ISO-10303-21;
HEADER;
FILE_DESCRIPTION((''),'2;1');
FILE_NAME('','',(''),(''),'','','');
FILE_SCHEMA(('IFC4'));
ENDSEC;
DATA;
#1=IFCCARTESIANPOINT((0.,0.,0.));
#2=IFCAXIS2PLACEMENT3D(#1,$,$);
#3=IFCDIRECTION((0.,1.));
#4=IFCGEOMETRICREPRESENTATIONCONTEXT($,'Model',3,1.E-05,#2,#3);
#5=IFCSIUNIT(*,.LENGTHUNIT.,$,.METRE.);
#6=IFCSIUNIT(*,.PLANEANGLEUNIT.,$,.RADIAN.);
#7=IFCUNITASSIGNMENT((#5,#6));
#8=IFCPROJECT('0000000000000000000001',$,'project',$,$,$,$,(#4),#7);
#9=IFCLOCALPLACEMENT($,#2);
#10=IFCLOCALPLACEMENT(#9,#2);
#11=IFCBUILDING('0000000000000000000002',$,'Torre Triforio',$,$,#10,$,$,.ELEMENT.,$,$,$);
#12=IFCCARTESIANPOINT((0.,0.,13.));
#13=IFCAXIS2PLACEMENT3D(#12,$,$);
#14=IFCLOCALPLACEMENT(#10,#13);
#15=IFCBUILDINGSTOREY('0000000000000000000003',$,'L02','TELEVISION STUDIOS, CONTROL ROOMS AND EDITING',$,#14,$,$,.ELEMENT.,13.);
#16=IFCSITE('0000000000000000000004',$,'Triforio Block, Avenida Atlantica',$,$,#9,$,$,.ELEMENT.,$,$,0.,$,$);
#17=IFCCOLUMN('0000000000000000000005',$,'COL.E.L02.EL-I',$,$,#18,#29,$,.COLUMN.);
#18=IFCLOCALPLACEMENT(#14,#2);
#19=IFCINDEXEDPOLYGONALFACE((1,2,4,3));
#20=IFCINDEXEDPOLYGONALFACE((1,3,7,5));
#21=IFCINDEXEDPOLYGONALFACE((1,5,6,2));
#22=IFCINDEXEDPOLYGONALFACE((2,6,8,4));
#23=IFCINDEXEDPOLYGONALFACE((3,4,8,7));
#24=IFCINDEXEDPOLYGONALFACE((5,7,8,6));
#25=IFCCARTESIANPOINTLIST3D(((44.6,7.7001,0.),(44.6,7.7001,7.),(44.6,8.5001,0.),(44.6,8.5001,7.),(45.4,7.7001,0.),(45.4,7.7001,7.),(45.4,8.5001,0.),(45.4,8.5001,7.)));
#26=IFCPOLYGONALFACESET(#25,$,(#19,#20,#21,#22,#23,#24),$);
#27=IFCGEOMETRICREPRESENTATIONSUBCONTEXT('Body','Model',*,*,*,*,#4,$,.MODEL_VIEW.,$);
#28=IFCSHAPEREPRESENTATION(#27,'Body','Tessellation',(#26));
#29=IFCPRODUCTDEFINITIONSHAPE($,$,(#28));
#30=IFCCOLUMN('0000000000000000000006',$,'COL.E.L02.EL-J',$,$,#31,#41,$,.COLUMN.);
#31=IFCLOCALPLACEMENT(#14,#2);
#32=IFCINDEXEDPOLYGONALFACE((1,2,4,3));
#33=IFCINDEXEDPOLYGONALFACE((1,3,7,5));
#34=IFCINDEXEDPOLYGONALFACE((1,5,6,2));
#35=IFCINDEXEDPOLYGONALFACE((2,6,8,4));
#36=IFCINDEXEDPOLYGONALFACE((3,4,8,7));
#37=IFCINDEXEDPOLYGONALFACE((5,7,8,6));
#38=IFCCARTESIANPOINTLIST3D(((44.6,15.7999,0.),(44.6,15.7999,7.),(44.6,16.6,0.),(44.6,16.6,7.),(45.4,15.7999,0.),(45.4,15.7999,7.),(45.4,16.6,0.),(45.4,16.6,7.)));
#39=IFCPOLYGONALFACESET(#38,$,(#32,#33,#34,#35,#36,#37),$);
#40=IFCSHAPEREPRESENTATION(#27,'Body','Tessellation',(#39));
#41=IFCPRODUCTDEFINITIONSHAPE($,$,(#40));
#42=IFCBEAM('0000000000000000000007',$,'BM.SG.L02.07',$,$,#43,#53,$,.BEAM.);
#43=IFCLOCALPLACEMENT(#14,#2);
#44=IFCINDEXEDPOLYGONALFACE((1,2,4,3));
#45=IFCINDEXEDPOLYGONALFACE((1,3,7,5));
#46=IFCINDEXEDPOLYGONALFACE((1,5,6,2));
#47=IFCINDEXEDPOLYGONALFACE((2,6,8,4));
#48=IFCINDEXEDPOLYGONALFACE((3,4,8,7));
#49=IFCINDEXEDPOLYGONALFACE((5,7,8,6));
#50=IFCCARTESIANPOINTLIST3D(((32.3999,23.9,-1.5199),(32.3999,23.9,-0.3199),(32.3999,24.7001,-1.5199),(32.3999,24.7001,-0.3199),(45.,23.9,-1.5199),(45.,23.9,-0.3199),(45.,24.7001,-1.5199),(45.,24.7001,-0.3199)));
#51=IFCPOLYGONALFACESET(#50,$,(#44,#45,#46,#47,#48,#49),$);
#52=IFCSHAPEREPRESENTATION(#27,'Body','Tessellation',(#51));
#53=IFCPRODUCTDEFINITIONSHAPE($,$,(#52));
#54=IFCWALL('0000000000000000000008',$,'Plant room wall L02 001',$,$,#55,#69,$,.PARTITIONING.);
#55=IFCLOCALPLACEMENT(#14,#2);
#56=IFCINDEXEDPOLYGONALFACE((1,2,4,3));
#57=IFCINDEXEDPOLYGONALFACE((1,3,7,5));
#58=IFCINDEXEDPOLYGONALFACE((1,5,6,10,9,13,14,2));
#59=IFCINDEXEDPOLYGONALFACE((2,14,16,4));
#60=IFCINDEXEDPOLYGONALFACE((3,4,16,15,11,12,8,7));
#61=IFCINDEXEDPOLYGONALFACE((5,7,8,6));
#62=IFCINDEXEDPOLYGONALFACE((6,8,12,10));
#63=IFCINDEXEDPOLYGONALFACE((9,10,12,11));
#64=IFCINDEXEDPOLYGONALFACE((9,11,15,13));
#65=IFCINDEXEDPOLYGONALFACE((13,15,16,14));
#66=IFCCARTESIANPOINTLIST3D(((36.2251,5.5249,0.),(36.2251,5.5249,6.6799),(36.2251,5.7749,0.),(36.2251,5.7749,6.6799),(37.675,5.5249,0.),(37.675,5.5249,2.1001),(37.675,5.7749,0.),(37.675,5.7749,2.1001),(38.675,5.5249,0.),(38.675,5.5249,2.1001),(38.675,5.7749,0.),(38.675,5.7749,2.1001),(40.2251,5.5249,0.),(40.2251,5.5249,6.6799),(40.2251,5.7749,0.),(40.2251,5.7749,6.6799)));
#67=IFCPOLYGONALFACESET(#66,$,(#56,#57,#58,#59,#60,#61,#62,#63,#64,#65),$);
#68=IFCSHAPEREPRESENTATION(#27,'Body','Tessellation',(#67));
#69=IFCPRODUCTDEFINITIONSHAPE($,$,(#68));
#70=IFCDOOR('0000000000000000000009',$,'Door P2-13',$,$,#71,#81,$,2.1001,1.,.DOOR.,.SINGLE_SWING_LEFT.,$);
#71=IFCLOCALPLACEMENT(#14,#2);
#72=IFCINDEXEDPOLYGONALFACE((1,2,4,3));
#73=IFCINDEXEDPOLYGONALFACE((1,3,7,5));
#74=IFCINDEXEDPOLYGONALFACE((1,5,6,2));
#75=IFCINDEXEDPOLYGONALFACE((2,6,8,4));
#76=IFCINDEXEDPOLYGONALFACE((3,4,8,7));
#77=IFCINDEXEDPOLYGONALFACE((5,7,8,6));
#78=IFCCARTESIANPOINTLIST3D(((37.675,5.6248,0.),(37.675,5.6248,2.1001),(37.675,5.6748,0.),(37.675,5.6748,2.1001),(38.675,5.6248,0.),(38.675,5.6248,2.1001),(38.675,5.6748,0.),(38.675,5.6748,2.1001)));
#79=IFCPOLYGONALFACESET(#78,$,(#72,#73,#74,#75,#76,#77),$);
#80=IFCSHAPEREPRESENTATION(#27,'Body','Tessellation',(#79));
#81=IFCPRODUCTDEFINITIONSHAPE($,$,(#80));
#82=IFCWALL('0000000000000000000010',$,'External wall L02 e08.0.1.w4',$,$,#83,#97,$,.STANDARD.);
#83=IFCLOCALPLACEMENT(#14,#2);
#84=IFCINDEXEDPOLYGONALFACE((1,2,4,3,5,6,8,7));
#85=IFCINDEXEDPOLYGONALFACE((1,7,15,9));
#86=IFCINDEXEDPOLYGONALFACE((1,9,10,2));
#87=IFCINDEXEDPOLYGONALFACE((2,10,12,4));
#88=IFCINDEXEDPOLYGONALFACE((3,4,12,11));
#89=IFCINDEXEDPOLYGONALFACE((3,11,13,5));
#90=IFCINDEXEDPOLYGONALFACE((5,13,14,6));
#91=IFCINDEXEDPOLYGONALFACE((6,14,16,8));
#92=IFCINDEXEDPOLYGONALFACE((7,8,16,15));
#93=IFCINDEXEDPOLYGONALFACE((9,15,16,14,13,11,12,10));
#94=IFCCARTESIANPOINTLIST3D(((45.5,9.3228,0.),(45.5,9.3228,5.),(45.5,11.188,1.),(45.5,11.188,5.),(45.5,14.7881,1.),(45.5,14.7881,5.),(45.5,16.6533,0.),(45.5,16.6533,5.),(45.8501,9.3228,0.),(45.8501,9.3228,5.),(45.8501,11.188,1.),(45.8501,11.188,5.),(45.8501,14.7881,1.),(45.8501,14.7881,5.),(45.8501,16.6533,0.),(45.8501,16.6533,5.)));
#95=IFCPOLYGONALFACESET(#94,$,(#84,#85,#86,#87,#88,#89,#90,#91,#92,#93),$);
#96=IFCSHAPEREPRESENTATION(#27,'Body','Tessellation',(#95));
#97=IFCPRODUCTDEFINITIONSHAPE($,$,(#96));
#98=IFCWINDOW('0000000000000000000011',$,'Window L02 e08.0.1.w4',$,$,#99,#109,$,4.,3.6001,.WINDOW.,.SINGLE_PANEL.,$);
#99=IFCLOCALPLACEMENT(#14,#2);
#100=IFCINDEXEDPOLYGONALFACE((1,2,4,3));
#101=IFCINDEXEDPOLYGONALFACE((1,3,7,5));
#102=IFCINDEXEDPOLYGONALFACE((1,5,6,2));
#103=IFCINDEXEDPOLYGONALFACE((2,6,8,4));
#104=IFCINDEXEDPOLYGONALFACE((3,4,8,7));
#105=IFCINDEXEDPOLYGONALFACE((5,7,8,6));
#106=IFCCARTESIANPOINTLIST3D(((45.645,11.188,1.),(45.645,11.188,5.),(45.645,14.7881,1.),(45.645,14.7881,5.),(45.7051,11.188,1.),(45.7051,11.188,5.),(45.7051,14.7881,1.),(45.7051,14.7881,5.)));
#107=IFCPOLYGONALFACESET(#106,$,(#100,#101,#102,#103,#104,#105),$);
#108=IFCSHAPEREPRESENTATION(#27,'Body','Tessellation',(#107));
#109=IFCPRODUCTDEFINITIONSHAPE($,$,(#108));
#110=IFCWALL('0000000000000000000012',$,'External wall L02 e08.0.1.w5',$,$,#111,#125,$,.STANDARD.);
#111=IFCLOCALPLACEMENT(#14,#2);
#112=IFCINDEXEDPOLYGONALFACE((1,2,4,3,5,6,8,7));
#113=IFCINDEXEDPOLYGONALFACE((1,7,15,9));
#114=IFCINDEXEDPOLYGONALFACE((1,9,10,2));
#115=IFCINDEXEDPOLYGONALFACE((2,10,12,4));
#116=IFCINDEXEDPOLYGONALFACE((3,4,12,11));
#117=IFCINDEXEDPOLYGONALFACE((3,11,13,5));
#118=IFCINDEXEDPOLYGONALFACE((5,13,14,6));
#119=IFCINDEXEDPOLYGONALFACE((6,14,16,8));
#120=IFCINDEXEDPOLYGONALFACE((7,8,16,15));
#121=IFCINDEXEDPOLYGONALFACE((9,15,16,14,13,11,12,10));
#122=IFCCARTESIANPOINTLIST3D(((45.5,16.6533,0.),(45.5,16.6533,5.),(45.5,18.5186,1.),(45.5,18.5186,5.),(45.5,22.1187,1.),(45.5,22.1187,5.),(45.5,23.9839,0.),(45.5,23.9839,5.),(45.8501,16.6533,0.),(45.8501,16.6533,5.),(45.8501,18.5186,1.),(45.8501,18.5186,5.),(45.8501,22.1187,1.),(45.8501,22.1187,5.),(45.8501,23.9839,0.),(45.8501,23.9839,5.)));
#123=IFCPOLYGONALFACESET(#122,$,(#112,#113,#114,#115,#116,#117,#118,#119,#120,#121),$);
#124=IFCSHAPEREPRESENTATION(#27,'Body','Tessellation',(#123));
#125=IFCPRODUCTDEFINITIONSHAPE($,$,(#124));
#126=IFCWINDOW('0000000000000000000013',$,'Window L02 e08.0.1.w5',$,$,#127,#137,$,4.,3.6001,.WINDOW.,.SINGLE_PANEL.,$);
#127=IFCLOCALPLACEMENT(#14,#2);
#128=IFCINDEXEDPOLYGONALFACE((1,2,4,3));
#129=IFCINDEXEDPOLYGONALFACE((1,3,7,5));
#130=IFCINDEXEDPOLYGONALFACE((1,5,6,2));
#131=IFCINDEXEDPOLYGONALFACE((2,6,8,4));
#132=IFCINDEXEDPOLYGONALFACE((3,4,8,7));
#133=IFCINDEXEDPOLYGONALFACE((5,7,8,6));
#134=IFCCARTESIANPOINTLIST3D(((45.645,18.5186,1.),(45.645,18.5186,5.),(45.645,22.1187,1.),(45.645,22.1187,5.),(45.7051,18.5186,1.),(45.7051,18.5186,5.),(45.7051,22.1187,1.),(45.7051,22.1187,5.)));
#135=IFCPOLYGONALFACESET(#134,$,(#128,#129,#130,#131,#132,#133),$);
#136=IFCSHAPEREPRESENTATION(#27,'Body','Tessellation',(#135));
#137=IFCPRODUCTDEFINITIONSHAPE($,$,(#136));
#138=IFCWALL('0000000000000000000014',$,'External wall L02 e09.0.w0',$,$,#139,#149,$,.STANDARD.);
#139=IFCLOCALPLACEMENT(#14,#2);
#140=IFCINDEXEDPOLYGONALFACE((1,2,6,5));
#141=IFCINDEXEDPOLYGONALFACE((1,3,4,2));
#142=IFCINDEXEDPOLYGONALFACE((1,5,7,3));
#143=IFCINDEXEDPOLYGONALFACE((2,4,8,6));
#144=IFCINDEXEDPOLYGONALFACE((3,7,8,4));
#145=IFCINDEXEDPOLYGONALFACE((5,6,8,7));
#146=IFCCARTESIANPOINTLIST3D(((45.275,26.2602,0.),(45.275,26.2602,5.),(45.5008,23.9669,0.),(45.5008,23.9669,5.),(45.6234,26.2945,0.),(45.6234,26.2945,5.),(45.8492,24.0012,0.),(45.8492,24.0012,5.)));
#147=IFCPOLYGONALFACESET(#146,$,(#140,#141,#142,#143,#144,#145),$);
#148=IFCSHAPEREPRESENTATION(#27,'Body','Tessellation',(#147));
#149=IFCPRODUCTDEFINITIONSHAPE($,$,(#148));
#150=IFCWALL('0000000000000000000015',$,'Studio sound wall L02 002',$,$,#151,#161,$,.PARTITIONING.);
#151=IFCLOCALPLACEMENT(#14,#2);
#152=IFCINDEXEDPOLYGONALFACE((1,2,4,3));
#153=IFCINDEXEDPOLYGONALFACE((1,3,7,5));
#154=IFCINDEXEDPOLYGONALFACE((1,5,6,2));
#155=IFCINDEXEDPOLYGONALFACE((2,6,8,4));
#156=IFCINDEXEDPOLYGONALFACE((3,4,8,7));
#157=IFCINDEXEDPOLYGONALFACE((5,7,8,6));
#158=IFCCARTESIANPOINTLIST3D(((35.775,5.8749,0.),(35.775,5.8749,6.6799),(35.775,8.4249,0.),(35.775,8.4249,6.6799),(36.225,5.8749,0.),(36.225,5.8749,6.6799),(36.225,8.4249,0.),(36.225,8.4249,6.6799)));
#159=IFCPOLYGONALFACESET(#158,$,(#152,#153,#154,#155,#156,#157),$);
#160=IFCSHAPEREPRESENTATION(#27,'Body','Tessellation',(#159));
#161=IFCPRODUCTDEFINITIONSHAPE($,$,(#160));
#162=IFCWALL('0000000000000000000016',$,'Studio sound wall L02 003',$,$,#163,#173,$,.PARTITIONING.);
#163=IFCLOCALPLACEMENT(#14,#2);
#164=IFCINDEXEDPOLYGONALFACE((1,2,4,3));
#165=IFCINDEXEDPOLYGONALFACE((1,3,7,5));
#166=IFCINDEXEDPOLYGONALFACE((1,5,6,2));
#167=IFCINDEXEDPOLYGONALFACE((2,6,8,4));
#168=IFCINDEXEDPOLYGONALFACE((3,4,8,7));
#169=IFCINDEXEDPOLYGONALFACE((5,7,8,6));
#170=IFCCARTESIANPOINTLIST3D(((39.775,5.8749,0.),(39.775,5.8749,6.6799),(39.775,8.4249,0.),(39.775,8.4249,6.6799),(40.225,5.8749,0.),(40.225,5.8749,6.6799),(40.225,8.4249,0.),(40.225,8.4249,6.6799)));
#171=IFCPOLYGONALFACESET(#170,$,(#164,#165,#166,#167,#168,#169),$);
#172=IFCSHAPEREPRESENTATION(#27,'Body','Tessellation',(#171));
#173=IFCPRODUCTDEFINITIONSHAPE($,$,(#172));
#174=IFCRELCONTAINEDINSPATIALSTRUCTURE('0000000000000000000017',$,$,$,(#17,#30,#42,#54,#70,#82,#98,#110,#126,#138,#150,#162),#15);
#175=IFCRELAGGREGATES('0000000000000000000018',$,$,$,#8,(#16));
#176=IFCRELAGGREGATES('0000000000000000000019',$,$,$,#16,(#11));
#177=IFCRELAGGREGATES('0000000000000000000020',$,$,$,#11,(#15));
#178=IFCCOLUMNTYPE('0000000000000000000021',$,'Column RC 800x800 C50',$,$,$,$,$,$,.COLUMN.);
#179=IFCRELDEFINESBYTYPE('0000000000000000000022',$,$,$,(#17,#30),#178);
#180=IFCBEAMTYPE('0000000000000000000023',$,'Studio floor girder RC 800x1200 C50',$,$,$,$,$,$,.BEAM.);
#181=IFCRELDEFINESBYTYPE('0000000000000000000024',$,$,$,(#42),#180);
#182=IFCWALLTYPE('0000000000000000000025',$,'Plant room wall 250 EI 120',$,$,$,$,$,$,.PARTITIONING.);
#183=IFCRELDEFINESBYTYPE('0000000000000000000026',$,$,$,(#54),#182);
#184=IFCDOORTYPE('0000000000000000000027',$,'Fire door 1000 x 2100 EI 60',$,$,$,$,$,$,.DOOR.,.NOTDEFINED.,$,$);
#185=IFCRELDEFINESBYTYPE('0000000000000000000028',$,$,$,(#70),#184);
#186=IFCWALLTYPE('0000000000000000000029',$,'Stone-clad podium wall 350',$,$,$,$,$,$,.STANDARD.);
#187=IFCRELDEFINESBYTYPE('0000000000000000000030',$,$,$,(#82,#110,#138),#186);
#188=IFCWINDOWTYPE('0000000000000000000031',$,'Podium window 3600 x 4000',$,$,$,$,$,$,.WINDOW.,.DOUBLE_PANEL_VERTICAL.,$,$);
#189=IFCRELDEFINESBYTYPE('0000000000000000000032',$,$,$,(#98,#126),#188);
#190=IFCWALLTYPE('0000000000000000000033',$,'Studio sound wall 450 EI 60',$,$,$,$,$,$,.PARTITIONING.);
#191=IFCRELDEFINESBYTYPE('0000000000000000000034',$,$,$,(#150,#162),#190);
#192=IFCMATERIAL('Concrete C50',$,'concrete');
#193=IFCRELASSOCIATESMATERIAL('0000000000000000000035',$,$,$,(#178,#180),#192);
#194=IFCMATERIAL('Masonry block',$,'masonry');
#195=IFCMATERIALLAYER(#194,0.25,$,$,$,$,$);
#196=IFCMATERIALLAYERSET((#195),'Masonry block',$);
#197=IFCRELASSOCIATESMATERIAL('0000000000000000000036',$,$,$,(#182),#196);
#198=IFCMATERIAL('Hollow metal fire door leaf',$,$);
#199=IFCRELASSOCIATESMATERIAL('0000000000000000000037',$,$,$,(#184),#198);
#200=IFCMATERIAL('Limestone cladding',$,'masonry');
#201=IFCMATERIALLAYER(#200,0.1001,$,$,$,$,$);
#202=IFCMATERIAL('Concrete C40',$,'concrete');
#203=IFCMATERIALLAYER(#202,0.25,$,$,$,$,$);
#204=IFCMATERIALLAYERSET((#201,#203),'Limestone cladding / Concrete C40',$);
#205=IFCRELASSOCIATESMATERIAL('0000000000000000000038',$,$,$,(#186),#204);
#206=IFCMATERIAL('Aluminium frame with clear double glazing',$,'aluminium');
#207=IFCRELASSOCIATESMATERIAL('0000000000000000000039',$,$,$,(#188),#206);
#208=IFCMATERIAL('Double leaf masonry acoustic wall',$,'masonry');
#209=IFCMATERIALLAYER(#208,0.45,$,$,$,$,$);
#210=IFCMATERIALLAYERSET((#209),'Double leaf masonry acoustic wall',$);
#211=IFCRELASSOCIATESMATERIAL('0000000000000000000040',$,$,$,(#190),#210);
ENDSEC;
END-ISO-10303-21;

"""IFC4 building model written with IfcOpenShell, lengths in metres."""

from ifc_helpers import new_model, si_unit, direction, frame, frame_2d, origin, origin_2d, place, context, subcontext, project, spatial, rectangle, extrude, material, layer, layer_set, material_profile, profile_set, type_object, element, fill, save


model = new_model("IFC4")

# Units and contexts
model_context = context("Model", 3, precision=1e-05, world=origin(), true_north=direction((0.0, 1.0)))
body_context = subcontext(model_context, "Body", "Model", "MODEL_VIEW")
ifc_project = project(units=[si_unit("LENGTHUNIT", "METRE"), si_unit("PLANEANGLEUNIT", "RADIAN")], contexts=[model_context])

# Site, building, storey
site_placement = place(None, origin())
site = spatial("IfcSite", under=ifc_project, at=site_placement, Name="Triforio Block, Avenida Atlantica", CompositionType="ELEMENT", RefElevation=0.0)
building_placement = place(site_placement, origin())
building = spatial("IfcBuilding", under=site, at=building_placement, Name="Torre Triforio", CompositionType="ELEMENT")
storey_placement = place(building_placement, frame((0.0, 0.0, 13.0)))
storey = spatial("IfcBuildingStorey", under=building, at=storey_placement, Name="L02", Description="TELEVISION STUDIOS, CONTROL ROOMS AND EDITING", CompositionType="ELEMENT", Elevation=13.0)

# Columns
ifc_material_1 = material(Name="Concrete C50", Category="concrete")
ifc_material_profile_1 = material_profile(ifc_material_1, rectangle(XDim=0.8, YDim=0.8, at=origin_2d()), Name="RC 800x800")
ifc_profile_set_1 = profile_set([ifc_material_profile_1], Name="Concrete C50")
column_type = type_object("IfcColumnType", Name="Column RC 800x800 C50", PredefinedType="COLUMN", material=ifc_profile_set_1)
for number, where, z_axis, x_axis, name in (
    (1, (45.0, 8.1001, 0.0), (0.0, 0.0, 1.0), (1.0, 0.0, 0.0), "COL.E.L02.EL-I"),
    (2, (45.0, 16.2, 0.0), (0.0, 0.0, 1.0), (1.0, 0.0, 0.0), "COL.E.L02.EL-J"),
):
    element("IfcColumn", number, at=place(storey_placement, frame(where, z_axis=z_axis, x_axis=x_axis)), inside=storey, type_object=column_type, Name=name, PredefinedType="COLUMN", context=body_context, shape_type="SweptSolid", body=[
        extrude(rectangle(XDim=0.8, YDim=0.8, at=origin_2d()), origin(), (0.0, 0.0, 1.0), 7.0),
    ])

# Beam
ifc_material_profile_2 = material_profile(ifc_material_1, rectangle(XDim=0.8, YDim=1.2, at=origin_2d()), Name="RC 800x1200")
ifc_profile_set_2 = profile_set([ifc_material_profile_2], Name="Concrete C50")
beam_type = type_object("IfcBeamType", Name="Studio floor girder RC 800x1200 C50", PredefinedType="BEAM", material=ifc_profile_set_2)
beam_placement = place(storey_placement, frame((32.3999, 24.3, -0.9199), z_axis=(1.0, 0.0, 0.0), x_axis=(0.0, 1.0, 0.0)))
element("IfcBeam", 3, at=beam_placement, inside=storey, type_object=beam_type, Name="BM.SG.L02.07", PredefinedType="BEAM", context=body_context, shape_type="SweptSolid", body=[
    extrude(rectangle(XDim=0.8, YDim=1.2, at=origin_2d()), origin(), (0.0, 0.0, 1.0), 12.6001),
])

# Wall, opening, door
ifc_material_2 = material(Name="Masonry block", Category="masonry")
ifc_layer_1 = layer(ifc_material_2, 0.25)
ifc_layer_set_1 = layer_set([ifc_layer_1], Name="Masonry block")
wall_type_1 = type_object("IfcWallType", Name="Plant room wall 250 EI 120", PredefinedType="PARTITIONING", material=ifc_layer_set_1)
wall_1_placement = place(storey_placement, frame((36.2251, 5.6499, 0.0), z_axis=(0.0, 0.0, 1.0), x_axis=(1.0, 0.0, 0.0)))
wall_1 = element("IfcWall", 4, at=wall_1_placement, inside=storey, type_object=wall_type_1, Name="Plant room wall L02 001", PredefinedType="PARTITIONING", context=body_context, shape_type="SweptSolid", body=[
    extrude(rectangle(XDim=4.0, YDim=0.25, at=frame_2d((2.0, 0.0))), origin(), (0.0, 0.0, 1.0), 6.6799),
])
opening_1_placement = place(wall_1_placement, frame((1.45, 0.0, 0.0)))
opening_1 = element("IfcOpeningElement", 5, at=opening_1_placement, cuts=wall_1, PredefinedType="OPENING", context=body_context, shape_type="SweptSolid", body=[
    extrude(rectangle(XDim=1.0, YDim=2.1001, at=frame_2d((0.5, 1.05))), frame((0.0, 0.135, 0.0), z_axis=(0.0, -1.0, 0.0), x_axis=(1.0, 0.0, 0.0)), (0.0, 0.0, 1.0), 0.27),
])
ifc_material_3 = material(Name="Hollow metal fire door leaf")
door_type_1 = type_object("IfcDoorType", Name="Fire door 1000 x 2100 EI 60", OperationType="NOTDEFINED", PredefinedType="DOOR", material=ifc_material_3)
door_1_placement = place(opening_1_placement, origin())
door_1 = element("IfcDoor", 6, at=door_1_placement, inside=storey, type_object=door_type_1, Name="Door P2-13", OperationType="SINGLE_SWING_LEFT", OverallHeight=2.1001, OverallWidth=1.0, PredefinedType="DOOR", context=body_context, shape_type="SweptSolid", body=[
    extrude(rectangle(XDim=1.0, YDim=2.1001, at=frame_2d((0.5, 1.05))), frame((0.0, 0.0249, 0.0), z_axis=(0.0, -1.0, 0.0), x_axis=(1.0, 0.0, 0.0)), (0.0, 0.0, 1.0), 0.05),
])
fill(opening_1, door_1)

# Walls, openings, windows
ifc_material_4 = material(Name="Limestone cladding", Category="masonry")
ifc_layer_2 = layer(ifc_material_4, 0.1001)
ifc_material_5 = material(Name="Concrete C40", Category="concrete")
ifc_layer_3 = layer(ifc_material_5, 0.25)
ifc_layer_set_2 = layer_set([ifc_layer_2, ifc_layer_3], Name="Limestone cladding / Concrete C40")
wall_type_2 = type_object("IfcWallType", Name="Stone-clad podium wall 350", PredefinedType="STANDARD", material=ifc_layer_set_2)
wall_2_placement = place(storey_placement, frame((45.675, 9.3228, 0.0), z_axis=(0.0, 0.0, 1.0), x_axis=(0.0, 1.0, 0.0)))
wall_2 = element("IfcWall", 7, at=wall_2_placement, inside=storey, type_object=wall_type_2, Name="External wall L02 e08.0.1.w4", PredefinedType="STANDARD", context=body_context, shape_type="SweptSolid", body=[
    extrude(rectangle(XDim=7.3306, YDim=0.3501, at=frame_2d((3.6653, 0.0))), origin(), (0.0, 0.0, 1.0), 5.0),
])
opening_2_placement = place(wall_2_placement, frame((1.8652, 0.0, 1.0)))
opening_2 = element("IfcOpeningElement", 8, at=opening_2_placement, cuts=wall_2, PredefinedType="OPENING", context=body_context, shape_type="SweptSolid", body=[
    extrude(rectangle(XDim=3.6001, YDim=4.0, at=frame_2d((1.8, 2.0))), frame((0.0, 0.1851, 0.0), z_axis=(0.0, -1.0, 0.0), x_axis=(1.0, 0.0, 0.0)), (0.0, 0.0, 1.0), 0.3701),
])
ifc_material_6 = material(Name="Aluminium frame with clear double glazing", Category="aluminium")
window_type = type_object("IfcWindowType", Name="Podium window 3600 x 4000", PartitioningType="DOUBLE_PANEL_VERTICAL", PredefinedType="WINDOW", material=ifc_material_6)
window_1_placement = place(opening_2_placement, origin())
window_1 = element("IfcWindow", 9, at=window_1_placement, inside=storey, type_object=window_type, Name="Window L02 e08.0.1.w4", OverallHeight=4.0, OverallWidth=3.6001, PartitioningType="SINGLE_PANEL", PredefinedType="WINDOW", context=body_context, shape_type="SweptSolid", body=[
    extrude(rectangle(XDim=3.6001, YDim=4.0, at=frame_2d((1.8, 2.0))), frame((0.0, 0.03, 0.0), z_axis=(0.0, -1.0, 0.0), x_axis=(1.0, 0.0, 0.0)), (0.0, 0.0, 1.0), 0.0601),
])
fill(opening_2, window_1)
wall_3_placement = place(storey_placement, frame((45.675, 16.6533, 0.0), z_axis=(0.0, 0.0, 1.0), x_axis=(0.0, 1.0, 0.0)))
wall_3 = element("IfcWall", 10, at=wall_3_placement, inside=storey, type_object=wall_type_2, Name="External wall L02 e08.0.1.w5", PredefinedType="STANDARD", context=body_context, shape_type="SweptSolid", body=[
    extrude(rectangle(XDim=7.3306, YDim=0.3501, at=frame_2d((3.6653, 0.0))), origin(), (0.0, 0.0, 1.0), 5.0),
])
opening_3_placement = place(wall_3_placement, frame((1.8652, 0.0, 1.0)))
opening_3 = element("IfcOpeningElement", 11, at=opening_3_placement, cuts=wall_3, PredefinedType="OPENING", context=body_context, shape_type="SweptSolid", body=[
    extrude(rectangle(XDim=3.6001, YDim=4.0, at=frame_2d((1.8, 2.0))), frame((0.0, 0.1851, 0.0), z_axis=(0.0, -1.0, 0.0), x_axis=(1.0, 0.0, 0.0)), (0.0, 0.0, 1.0), 0.3701),
])
window_2_placement = place(opening_3_placement, origin())
window_2 = element("IfcWindow", 12, at=window_2_placement, inside=storey, type_object=window_type, Name="Window L02 e08.0.1.w5", OverallHeight=4.0, OverallWidth=3.6001, PartitioningType="SINGLE_PANEL", PredefinedType="WINDOW", context=body_context, shape_type="SweptSolid", body=[
    extrude(rectangle(XDim=3.6001, YDim=4.0, at=frame_2d((1.8, 2.0))), frame((0.0, 0.03, 0.0), z_axis=(0.0, -1.0, 0.0), x_axis=(1.0, 0.0, 0.0)), (0.0, 0.0, 1.0), 0.0601),
])
fill(opening_3, window_2)

# Walls
wall_4_placement = place(storey_placement, frame((45.675, 23.9839, 0.0), z_axis=(0.0, 0.0, 1.0), x_axis=(-0.097993, 0.995187, 0.0)))
element("IfcWall", 13, at=wall_4_placement, inside=storey, type_object=wall_type_2, Name="External wall L02 e09.0.w0", PredefinedType="STANDARD", context=body_context, shape_type="SweptSolid", body=[
    extrude(rectangle(XDim=2.3044, YDim=0.3501, at=frame_2d((1.1523, 0.0))), origin(), (0.0, 0.0, 1.0), 5.0),
])
ifc_material_7 = material(Name="Double leaf masonry acoustic wall", Category="masonry")
ifc_layer_4 = layer(ifc_material_7, 0.45)
ifc_layer_set_3 = layer_set([ifc_layer_4], Name="Double leaf masonry acoustic wall")
wall_type_3 = type_object("IfcWallType", Name="Studio sound wall 450 EI 60", PredefinedType="PARTITIONING", material=ifc_layer_set_3)
for number, where, z_axis, x_axis, name in (
    (14, (36.0, 5.875, 0.0), (0.0, 0.0, 1.0), (0.0, 1.0, 0.0), "Studio sound wall L02 002"),
    (15, (40.0, 5.875, 0.0), (0.0, 0.0, 1.0), (0.0, 1.0, 0.0), "Studio sound wall L02 003"),
):
    element("IfcWall", number, at=place(storey_placement, frame(where, z_axis=z_axis, x_axis=x_axis)), inside=storey, type_object=wall_type_3, Name=name, PredefinedType="PARTITIONING", context=body_context, shape_type="SweptSolid", body=[
        extrude(rectangle(XDim=2.55, YDim=0.45, at=frame_2d((1.2749, 0.0))), origin(), (0.0, 0.0, 1.0), 6.6799),
    ])

save(model, "model.ifc")
